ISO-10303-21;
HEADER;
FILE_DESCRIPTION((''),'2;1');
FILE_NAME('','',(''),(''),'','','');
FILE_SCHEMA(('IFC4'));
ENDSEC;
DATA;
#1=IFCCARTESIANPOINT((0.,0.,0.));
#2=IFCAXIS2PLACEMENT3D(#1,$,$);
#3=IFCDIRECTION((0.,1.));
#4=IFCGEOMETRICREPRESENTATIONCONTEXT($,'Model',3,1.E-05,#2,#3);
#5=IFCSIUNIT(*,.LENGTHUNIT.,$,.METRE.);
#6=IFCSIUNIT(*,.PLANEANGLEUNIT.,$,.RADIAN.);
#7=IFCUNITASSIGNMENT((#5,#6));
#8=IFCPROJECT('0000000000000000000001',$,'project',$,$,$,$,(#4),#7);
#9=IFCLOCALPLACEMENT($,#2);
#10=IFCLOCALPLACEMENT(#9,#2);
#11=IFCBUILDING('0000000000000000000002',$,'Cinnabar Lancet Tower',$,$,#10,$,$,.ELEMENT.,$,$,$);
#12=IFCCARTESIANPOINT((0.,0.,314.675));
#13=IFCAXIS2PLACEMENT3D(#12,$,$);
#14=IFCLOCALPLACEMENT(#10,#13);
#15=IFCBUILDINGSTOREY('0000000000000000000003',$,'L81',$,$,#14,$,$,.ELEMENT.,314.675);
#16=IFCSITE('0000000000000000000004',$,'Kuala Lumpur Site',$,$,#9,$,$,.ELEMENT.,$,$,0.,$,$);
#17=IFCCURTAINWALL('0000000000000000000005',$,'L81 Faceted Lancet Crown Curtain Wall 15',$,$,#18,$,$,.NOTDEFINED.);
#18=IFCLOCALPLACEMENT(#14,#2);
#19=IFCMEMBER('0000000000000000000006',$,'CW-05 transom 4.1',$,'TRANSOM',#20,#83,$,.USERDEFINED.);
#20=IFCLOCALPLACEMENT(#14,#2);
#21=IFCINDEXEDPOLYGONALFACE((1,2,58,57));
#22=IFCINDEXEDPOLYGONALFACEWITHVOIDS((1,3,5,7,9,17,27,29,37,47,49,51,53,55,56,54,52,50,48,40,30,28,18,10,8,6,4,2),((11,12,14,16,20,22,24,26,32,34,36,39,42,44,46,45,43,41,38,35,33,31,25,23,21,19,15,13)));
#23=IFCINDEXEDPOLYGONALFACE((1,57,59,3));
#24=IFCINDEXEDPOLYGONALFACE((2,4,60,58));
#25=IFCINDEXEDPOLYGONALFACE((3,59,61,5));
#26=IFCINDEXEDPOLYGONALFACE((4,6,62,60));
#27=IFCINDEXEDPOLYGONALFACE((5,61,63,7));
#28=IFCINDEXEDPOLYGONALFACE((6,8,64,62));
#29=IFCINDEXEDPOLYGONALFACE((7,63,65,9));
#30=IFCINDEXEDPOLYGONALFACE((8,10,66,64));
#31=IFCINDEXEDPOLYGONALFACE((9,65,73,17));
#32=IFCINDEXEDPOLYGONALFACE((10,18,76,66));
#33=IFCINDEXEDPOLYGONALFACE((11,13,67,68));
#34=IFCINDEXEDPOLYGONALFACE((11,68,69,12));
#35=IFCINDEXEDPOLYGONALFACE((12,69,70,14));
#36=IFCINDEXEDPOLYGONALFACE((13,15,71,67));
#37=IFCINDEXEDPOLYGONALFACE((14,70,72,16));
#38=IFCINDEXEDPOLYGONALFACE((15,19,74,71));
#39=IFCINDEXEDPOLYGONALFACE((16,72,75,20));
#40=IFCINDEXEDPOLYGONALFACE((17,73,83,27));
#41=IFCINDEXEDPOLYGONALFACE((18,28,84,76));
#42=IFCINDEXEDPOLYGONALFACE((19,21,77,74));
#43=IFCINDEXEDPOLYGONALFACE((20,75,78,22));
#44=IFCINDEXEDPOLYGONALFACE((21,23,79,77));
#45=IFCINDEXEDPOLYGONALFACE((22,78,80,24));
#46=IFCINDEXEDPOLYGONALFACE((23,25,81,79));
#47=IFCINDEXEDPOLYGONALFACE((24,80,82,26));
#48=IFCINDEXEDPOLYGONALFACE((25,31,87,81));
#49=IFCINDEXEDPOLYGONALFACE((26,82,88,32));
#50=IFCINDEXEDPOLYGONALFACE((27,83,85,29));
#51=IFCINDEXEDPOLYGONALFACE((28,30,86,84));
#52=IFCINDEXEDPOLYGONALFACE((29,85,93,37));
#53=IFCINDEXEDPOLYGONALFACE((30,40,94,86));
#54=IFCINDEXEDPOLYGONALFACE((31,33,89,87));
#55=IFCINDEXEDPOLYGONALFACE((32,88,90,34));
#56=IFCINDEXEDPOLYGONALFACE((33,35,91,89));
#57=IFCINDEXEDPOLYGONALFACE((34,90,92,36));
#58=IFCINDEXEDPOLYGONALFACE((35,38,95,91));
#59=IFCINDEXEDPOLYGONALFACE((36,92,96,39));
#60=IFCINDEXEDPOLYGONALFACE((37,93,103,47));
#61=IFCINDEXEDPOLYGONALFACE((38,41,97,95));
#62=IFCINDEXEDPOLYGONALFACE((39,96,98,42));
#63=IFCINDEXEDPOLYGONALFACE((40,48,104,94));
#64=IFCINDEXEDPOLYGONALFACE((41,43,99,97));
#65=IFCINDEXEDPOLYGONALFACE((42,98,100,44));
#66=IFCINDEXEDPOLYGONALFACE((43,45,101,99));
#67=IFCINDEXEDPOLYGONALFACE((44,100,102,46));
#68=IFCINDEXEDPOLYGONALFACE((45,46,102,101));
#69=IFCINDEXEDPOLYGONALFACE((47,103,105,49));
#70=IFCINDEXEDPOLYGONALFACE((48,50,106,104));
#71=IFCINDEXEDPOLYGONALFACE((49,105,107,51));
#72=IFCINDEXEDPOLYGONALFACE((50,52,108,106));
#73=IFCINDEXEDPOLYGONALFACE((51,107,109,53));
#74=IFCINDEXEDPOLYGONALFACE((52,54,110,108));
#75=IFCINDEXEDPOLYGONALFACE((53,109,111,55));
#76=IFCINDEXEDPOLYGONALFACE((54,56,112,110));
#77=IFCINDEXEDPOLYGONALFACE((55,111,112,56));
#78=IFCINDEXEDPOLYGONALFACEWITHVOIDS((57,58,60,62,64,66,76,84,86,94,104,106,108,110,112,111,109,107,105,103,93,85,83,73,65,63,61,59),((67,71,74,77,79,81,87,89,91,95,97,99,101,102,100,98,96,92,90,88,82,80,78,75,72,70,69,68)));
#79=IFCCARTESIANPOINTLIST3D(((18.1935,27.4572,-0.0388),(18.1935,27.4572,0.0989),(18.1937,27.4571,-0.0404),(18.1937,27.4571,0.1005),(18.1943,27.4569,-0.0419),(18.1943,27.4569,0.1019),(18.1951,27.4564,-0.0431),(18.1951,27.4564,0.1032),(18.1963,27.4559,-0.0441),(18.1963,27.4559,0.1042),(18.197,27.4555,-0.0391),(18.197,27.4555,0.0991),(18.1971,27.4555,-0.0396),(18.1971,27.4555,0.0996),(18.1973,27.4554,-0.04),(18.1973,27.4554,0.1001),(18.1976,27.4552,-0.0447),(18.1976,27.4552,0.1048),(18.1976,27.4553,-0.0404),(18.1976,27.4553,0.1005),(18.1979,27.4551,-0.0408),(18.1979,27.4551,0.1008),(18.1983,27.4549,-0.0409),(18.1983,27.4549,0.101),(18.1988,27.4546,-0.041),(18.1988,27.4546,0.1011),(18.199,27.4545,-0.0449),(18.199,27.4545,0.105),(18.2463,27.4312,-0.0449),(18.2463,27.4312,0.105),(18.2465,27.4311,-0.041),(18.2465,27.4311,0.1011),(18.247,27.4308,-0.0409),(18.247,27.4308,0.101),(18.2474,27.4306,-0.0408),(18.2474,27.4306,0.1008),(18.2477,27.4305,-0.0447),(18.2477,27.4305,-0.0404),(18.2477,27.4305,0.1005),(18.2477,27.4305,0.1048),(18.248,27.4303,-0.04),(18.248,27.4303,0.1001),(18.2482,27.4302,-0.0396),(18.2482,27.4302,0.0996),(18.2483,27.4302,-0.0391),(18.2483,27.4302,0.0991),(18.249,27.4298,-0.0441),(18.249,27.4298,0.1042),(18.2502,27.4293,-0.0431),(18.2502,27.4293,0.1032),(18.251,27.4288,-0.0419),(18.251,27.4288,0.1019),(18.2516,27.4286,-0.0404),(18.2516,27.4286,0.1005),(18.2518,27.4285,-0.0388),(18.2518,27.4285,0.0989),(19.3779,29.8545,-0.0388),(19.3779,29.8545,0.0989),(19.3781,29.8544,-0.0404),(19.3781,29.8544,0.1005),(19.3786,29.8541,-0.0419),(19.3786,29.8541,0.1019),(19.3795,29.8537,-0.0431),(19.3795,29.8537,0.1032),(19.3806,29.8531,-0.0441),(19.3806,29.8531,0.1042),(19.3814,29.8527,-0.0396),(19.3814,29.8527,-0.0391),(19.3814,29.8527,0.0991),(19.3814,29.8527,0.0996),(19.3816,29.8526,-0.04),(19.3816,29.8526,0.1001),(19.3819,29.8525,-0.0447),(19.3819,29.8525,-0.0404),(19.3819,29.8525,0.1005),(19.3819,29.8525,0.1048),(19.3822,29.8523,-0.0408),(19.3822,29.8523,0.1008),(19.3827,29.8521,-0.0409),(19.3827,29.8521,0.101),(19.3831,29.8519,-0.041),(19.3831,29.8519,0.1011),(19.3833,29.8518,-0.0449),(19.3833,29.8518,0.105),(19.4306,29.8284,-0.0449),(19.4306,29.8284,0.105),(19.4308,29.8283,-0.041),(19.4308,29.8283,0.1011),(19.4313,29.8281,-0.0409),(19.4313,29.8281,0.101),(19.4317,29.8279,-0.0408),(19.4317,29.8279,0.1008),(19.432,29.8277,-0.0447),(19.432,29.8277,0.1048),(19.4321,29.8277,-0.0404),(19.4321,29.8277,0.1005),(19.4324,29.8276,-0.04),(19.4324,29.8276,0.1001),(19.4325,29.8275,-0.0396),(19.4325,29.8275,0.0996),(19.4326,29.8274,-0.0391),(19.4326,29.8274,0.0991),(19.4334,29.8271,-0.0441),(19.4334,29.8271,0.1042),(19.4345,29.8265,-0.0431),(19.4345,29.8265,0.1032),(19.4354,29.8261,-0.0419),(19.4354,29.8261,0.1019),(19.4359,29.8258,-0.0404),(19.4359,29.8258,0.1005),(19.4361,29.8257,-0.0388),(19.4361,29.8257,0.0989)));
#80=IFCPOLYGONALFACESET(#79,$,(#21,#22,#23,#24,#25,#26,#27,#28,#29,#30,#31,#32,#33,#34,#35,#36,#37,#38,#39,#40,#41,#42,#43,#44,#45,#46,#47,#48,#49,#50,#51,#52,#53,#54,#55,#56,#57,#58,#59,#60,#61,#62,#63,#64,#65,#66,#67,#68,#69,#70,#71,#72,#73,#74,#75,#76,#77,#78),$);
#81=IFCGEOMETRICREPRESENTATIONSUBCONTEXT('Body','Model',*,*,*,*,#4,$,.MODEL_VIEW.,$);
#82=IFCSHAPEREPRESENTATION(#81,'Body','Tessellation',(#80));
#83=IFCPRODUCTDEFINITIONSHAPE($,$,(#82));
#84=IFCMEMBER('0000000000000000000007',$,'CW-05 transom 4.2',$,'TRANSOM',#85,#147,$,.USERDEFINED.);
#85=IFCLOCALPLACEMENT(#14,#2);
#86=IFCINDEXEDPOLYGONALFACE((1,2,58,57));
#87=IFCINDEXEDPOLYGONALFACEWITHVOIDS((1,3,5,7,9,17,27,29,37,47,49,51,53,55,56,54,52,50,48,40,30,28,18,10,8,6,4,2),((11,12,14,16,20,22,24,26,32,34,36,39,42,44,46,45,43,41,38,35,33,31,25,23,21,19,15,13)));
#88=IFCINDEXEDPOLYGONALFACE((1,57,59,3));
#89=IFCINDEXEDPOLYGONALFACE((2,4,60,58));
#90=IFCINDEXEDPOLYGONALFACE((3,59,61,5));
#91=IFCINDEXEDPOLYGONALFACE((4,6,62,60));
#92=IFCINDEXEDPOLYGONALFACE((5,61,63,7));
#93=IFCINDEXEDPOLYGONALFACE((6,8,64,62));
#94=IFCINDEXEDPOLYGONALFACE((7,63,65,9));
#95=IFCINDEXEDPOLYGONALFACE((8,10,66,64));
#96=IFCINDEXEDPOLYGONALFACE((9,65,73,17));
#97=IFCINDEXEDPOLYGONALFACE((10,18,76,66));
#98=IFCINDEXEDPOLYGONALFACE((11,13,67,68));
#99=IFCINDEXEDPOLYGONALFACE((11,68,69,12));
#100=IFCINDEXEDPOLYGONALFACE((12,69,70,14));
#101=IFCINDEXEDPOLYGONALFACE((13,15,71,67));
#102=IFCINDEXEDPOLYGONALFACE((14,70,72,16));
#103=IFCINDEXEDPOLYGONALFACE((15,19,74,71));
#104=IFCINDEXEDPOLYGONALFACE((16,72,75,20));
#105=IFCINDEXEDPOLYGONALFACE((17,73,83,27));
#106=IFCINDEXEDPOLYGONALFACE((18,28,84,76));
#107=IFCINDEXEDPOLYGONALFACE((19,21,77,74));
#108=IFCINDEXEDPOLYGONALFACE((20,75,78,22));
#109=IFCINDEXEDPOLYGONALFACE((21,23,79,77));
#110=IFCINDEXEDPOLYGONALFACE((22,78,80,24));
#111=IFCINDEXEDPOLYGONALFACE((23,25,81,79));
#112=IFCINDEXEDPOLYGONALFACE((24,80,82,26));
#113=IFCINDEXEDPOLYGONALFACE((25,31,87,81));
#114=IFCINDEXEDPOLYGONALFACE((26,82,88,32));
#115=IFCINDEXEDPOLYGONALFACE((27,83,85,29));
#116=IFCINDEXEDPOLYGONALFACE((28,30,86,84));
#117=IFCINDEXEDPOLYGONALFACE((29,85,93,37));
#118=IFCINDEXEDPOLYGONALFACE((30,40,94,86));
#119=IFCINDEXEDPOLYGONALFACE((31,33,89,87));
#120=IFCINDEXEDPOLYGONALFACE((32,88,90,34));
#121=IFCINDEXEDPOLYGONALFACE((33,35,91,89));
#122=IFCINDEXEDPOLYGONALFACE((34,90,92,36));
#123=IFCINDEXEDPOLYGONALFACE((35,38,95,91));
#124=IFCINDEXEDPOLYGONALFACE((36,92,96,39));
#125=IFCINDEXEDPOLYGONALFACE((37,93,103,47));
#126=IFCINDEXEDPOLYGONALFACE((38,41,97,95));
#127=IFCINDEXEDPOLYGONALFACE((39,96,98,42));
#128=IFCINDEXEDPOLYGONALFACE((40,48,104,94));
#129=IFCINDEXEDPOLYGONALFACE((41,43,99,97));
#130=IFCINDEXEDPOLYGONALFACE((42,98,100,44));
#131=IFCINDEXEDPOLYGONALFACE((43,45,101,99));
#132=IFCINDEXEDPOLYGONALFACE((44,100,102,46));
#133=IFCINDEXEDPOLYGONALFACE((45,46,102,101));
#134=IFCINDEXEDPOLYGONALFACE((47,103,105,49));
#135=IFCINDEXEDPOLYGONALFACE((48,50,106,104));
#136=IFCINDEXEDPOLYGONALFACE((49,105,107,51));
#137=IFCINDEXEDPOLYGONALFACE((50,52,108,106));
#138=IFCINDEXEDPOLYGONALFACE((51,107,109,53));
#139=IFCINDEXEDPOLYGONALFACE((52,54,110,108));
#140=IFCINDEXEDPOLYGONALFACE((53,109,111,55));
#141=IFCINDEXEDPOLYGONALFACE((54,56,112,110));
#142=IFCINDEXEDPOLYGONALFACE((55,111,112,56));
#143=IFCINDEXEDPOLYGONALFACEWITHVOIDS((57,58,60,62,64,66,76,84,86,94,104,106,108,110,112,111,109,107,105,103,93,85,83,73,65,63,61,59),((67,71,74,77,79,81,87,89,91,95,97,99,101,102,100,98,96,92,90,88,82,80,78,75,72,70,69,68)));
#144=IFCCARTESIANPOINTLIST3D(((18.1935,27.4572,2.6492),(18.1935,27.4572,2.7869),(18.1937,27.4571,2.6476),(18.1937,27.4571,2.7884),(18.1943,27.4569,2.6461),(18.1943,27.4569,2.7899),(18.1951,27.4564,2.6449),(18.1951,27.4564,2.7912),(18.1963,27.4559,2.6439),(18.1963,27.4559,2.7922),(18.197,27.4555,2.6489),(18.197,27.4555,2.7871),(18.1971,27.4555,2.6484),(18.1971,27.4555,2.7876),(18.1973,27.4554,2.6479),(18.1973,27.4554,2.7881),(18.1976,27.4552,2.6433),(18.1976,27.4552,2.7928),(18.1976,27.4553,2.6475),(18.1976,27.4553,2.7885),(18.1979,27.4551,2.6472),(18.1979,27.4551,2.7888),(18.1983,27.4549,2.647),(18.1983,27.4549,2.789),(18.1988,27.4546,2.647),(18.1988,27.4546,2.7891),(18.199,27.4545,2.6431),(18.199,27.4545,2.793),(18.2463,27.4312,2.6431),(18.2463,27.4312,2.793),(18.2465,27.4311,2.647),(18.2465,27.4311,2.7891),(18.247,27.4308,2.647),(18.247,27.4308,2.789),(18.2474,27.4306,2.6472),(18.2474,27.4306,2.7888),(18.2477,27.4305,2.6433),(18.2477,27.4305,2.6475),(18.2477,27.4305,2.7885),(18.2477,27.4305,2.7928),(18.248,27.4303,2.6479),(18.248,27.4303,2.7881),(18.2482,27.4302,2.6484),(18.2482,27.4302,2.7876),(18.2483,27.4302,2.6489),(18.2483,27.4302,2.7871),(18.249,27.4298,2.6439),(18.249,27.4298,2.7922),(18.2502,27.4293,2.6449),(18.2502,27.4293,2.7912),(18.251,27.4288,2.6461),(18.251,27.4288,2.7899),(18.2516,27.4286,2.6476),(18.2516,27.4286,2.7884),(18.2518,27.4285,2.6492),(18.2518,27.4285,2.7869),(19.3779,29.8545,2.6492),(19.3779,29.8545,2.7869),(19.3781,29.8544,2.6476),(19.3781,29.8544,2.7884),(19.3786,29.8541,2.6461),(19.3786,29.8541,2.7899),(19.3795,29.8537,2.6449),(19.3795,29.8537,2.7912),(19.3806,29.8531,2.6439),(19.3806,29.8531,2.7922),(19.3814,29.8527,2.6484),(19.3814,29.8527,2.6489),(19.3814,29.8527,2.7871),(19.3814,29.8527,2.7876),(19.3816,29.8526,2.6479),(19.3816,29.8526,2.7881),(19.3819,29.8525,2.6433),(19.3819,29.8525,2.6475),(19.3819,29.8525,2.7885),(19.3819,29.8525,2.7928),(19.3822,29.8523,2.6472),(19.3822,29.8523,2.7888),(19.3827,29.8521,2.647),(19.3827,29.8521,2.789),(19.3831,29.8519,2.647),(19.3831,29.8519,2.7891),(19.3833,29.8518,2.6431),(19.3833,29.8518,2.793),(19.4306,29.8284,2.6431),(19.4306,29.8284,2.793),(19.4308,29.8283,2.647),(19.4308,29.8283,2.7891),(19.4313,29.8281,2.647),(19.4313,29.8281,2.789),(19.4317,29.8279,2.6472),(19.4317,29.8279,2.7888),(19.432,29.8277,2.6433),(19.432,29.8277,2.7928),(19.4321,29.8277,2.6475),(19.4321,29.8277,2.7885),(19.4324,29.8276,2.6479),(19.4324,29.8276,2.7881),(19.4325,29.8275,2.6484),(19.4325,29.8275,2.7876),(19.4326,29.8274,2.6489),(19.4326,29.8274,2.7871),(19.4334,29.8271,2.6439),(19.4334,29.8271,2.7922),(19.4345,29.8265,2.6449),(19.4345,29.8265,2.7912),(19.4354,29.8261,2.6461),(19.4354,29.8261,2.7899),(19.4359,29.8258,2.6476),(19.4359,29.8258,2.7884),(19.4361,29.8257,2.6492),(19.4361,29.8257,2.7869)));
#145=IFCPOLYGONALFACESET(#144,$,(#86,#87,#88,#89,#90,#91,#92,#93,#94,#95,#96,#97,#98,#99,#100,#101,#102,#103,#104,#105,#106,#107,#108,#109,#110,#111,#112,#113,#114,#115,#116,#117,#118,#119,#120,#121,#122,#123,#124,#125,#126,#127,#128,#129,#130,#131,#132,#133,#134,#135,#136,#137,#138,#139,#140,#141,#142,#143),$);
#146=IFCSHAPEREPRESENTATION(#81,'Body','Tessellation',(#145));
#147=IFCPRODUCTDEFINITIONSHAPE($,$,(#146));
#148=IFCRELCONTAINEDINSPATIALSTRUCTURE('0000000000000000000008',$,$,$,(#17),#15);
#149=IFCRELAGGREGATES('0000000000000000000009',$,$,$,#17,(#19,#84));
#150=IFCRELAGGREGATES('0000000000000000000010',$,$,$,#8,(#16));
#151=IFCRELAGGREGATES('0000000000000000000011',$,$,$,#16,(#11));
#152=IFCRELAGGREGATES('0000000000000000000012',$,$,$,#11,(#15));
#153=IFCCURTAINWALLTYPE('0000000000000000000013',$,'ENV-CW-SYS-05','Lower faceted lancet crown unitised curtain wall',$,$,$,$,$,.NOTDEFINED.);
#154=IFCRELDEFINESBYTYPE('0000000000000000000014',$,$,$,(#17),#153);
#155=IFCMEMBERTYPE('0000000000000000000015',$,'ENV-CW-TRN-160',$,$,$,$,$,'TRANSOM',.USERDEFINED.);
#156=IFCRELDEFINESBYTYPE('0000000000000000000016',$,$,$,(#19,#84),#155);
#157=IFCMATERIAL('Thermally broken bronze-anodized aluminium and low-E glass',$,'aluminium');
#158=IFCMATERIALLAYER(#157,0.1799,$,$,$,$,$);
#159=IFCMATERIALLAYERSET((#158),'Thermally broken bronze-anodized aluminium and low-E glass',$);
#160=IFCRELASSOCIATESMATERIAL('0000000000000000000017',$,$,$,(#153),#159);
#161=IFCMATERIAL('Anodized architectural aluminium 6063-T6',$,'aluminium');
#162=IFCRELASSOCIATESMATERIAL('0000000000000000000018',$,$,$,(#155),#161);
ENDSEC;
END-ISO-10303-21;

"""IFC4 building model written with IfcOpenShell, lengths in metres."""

from ifc_helpers import new_model, si_unit, direction, frame, origin, origin_2d, place, context, subcontext, project, spatial, hollow_rectangle, extrude, material, layer, layer_set, material_profile, profile_set, type_object, element, aggregate, save


model = new_model("IFC4")

# Units and contexts
model_context = context("Model", 3, precision=1e-05, world=origin(), true_north=direction((0.0, 1.0)))
body_context = subcontext(model_context, "Body", "Model", "MODEL_VIEW")
ifc_project = project(units=[si_unit("LENGTHUNIT", "METRE"), si_unit("PLANEANGLEUNIT", "RADIAN")], contexts=[model_context])

# Site, building, storey
site_placement = place(None, origin())
site = spatial("IfcSite", under=ifc_project, at=site_placement, Name="Kuala Lumpur Site", CompositionType="ELEMENT", RefElevation=0.0)
building_placement = place(site_placement, origin())
building = spatial("IfcBuilding", under=site, at=building_placement, Name="Cinnabar Lancet Tower", CompositionType="ELEMENT")
storey_placement = place(building_placement, frame((0.0, 0.0, 314.675)))
storey = spatial("IfcBuildingStorey", under=building, at=storey_placement, Name="L81", CompositionType="ELEMENT", Elevation=314.675)

# Curtain wall
ifc_material_1 = material(Name="Thermally broken bronze-anodized aluminium and low-E glass", Category="aluminium")
ifc_layer_1 = layer(ifc_material_1, 0.1799)
ifc_layer_set_1 = layer_set([ifc_layer_1], Name="Thermally broken bronze-anodized aluminium and low-E glass")
curtain_wall_type = type_object("IfcCurtainWallType", Name="ENV-CW-SYS-05", Description="Lower faceted lancet crown unitised curtain wall", PredefinedType="NOTDEFINED", material=ifc_layer_set_1)
curtain_wall_1_placement = place(storey_placement, origin())
curtain_wall_1 = element("IfcCurtainWall", 1, at=curtain_wall_1_placement, inside=storey, type_object=curtain_wall_type, Name="L81 Faceted Lancet Crown Curtain Wall 15", PredefinedType="NOTDEFINED")

# Members
ifc_material_2 = material(Name="Anodized architectural aluminium 6063-T6", Category="aluminium")
ifc_material_profile_1 = material_profile(ifc_material_2, hollow_rectangle(XDim=0.0649, YDim=0.1499, WallThickness=0.0039, InnerFilletRadius=0.002, OuterFilletRadius=0.0061, at=origin_2d()), Name="CW-TRN 150x65x4")
ifc_profile_set_1 = profile_set([ifc_material_profile_1], Name="Anodized architectural aluminium 6063-T6")
member_type_1 = type_object("IfcMemberType", Name="ENV-CW-TRN-160", ElementType="TRANSOM", PredefinedType="USERDEFINED", material=ifc_profile_set_1)
member_1_placement = place(storey_placement, frame((19.407, 29.8401, 0.03), z_axis=(-0.442935, -0.896554, 0.0), x_axis=(0.896554, -0.442935, 0.0)))
member_1 = element("IfcMember", 2, at=member_1_placement, type_object=member_type_1, Name="CW-05 transom 4.1", ObjectType="TRANSOM", PredefinedType="USERDEFINED", context=body_context, shape_type="SweptSolid", body=[
    extrude(hollow_rectangle(XDim=0.0649, YDim=0.1499, WallThickness=0.0039, InnerFilletRadius=0.002, OuterFilletRadius=0.0061, at=origin_2d()), origin(), (0.0, 0.0, 1.0), 2.6738),
])
member_2_placement = place(storey_placement, frame((19.407, 29.8401, 2.718), z_axis=(-0.442935, -0.896554, 0.0), x_axis=(0.896554, -0.442935, 0.0)))
member_2 = element("IfcMember", 3, at=member_2_placement, type_object=member_type_1, Name="CW-05 transom 4.2", ObjectType="TRANSOM", PredefinedType="USERDEFINED", context=body_context, shape_type="SweptSolid", body=[
    extrude(hollow_rectangle(XDim=0.0649, YDim=0.1499, WallThickness=0.0039, InnerFilletRadius=0.002, OuterFilletRadius=0.0061, at=origin_2d()), origin(), (0.0, 0.0, 1.0), 2.6738),
])

aggregate(curtain_wall_1, [member_1, member_2])

save(model, "model.ifc")
